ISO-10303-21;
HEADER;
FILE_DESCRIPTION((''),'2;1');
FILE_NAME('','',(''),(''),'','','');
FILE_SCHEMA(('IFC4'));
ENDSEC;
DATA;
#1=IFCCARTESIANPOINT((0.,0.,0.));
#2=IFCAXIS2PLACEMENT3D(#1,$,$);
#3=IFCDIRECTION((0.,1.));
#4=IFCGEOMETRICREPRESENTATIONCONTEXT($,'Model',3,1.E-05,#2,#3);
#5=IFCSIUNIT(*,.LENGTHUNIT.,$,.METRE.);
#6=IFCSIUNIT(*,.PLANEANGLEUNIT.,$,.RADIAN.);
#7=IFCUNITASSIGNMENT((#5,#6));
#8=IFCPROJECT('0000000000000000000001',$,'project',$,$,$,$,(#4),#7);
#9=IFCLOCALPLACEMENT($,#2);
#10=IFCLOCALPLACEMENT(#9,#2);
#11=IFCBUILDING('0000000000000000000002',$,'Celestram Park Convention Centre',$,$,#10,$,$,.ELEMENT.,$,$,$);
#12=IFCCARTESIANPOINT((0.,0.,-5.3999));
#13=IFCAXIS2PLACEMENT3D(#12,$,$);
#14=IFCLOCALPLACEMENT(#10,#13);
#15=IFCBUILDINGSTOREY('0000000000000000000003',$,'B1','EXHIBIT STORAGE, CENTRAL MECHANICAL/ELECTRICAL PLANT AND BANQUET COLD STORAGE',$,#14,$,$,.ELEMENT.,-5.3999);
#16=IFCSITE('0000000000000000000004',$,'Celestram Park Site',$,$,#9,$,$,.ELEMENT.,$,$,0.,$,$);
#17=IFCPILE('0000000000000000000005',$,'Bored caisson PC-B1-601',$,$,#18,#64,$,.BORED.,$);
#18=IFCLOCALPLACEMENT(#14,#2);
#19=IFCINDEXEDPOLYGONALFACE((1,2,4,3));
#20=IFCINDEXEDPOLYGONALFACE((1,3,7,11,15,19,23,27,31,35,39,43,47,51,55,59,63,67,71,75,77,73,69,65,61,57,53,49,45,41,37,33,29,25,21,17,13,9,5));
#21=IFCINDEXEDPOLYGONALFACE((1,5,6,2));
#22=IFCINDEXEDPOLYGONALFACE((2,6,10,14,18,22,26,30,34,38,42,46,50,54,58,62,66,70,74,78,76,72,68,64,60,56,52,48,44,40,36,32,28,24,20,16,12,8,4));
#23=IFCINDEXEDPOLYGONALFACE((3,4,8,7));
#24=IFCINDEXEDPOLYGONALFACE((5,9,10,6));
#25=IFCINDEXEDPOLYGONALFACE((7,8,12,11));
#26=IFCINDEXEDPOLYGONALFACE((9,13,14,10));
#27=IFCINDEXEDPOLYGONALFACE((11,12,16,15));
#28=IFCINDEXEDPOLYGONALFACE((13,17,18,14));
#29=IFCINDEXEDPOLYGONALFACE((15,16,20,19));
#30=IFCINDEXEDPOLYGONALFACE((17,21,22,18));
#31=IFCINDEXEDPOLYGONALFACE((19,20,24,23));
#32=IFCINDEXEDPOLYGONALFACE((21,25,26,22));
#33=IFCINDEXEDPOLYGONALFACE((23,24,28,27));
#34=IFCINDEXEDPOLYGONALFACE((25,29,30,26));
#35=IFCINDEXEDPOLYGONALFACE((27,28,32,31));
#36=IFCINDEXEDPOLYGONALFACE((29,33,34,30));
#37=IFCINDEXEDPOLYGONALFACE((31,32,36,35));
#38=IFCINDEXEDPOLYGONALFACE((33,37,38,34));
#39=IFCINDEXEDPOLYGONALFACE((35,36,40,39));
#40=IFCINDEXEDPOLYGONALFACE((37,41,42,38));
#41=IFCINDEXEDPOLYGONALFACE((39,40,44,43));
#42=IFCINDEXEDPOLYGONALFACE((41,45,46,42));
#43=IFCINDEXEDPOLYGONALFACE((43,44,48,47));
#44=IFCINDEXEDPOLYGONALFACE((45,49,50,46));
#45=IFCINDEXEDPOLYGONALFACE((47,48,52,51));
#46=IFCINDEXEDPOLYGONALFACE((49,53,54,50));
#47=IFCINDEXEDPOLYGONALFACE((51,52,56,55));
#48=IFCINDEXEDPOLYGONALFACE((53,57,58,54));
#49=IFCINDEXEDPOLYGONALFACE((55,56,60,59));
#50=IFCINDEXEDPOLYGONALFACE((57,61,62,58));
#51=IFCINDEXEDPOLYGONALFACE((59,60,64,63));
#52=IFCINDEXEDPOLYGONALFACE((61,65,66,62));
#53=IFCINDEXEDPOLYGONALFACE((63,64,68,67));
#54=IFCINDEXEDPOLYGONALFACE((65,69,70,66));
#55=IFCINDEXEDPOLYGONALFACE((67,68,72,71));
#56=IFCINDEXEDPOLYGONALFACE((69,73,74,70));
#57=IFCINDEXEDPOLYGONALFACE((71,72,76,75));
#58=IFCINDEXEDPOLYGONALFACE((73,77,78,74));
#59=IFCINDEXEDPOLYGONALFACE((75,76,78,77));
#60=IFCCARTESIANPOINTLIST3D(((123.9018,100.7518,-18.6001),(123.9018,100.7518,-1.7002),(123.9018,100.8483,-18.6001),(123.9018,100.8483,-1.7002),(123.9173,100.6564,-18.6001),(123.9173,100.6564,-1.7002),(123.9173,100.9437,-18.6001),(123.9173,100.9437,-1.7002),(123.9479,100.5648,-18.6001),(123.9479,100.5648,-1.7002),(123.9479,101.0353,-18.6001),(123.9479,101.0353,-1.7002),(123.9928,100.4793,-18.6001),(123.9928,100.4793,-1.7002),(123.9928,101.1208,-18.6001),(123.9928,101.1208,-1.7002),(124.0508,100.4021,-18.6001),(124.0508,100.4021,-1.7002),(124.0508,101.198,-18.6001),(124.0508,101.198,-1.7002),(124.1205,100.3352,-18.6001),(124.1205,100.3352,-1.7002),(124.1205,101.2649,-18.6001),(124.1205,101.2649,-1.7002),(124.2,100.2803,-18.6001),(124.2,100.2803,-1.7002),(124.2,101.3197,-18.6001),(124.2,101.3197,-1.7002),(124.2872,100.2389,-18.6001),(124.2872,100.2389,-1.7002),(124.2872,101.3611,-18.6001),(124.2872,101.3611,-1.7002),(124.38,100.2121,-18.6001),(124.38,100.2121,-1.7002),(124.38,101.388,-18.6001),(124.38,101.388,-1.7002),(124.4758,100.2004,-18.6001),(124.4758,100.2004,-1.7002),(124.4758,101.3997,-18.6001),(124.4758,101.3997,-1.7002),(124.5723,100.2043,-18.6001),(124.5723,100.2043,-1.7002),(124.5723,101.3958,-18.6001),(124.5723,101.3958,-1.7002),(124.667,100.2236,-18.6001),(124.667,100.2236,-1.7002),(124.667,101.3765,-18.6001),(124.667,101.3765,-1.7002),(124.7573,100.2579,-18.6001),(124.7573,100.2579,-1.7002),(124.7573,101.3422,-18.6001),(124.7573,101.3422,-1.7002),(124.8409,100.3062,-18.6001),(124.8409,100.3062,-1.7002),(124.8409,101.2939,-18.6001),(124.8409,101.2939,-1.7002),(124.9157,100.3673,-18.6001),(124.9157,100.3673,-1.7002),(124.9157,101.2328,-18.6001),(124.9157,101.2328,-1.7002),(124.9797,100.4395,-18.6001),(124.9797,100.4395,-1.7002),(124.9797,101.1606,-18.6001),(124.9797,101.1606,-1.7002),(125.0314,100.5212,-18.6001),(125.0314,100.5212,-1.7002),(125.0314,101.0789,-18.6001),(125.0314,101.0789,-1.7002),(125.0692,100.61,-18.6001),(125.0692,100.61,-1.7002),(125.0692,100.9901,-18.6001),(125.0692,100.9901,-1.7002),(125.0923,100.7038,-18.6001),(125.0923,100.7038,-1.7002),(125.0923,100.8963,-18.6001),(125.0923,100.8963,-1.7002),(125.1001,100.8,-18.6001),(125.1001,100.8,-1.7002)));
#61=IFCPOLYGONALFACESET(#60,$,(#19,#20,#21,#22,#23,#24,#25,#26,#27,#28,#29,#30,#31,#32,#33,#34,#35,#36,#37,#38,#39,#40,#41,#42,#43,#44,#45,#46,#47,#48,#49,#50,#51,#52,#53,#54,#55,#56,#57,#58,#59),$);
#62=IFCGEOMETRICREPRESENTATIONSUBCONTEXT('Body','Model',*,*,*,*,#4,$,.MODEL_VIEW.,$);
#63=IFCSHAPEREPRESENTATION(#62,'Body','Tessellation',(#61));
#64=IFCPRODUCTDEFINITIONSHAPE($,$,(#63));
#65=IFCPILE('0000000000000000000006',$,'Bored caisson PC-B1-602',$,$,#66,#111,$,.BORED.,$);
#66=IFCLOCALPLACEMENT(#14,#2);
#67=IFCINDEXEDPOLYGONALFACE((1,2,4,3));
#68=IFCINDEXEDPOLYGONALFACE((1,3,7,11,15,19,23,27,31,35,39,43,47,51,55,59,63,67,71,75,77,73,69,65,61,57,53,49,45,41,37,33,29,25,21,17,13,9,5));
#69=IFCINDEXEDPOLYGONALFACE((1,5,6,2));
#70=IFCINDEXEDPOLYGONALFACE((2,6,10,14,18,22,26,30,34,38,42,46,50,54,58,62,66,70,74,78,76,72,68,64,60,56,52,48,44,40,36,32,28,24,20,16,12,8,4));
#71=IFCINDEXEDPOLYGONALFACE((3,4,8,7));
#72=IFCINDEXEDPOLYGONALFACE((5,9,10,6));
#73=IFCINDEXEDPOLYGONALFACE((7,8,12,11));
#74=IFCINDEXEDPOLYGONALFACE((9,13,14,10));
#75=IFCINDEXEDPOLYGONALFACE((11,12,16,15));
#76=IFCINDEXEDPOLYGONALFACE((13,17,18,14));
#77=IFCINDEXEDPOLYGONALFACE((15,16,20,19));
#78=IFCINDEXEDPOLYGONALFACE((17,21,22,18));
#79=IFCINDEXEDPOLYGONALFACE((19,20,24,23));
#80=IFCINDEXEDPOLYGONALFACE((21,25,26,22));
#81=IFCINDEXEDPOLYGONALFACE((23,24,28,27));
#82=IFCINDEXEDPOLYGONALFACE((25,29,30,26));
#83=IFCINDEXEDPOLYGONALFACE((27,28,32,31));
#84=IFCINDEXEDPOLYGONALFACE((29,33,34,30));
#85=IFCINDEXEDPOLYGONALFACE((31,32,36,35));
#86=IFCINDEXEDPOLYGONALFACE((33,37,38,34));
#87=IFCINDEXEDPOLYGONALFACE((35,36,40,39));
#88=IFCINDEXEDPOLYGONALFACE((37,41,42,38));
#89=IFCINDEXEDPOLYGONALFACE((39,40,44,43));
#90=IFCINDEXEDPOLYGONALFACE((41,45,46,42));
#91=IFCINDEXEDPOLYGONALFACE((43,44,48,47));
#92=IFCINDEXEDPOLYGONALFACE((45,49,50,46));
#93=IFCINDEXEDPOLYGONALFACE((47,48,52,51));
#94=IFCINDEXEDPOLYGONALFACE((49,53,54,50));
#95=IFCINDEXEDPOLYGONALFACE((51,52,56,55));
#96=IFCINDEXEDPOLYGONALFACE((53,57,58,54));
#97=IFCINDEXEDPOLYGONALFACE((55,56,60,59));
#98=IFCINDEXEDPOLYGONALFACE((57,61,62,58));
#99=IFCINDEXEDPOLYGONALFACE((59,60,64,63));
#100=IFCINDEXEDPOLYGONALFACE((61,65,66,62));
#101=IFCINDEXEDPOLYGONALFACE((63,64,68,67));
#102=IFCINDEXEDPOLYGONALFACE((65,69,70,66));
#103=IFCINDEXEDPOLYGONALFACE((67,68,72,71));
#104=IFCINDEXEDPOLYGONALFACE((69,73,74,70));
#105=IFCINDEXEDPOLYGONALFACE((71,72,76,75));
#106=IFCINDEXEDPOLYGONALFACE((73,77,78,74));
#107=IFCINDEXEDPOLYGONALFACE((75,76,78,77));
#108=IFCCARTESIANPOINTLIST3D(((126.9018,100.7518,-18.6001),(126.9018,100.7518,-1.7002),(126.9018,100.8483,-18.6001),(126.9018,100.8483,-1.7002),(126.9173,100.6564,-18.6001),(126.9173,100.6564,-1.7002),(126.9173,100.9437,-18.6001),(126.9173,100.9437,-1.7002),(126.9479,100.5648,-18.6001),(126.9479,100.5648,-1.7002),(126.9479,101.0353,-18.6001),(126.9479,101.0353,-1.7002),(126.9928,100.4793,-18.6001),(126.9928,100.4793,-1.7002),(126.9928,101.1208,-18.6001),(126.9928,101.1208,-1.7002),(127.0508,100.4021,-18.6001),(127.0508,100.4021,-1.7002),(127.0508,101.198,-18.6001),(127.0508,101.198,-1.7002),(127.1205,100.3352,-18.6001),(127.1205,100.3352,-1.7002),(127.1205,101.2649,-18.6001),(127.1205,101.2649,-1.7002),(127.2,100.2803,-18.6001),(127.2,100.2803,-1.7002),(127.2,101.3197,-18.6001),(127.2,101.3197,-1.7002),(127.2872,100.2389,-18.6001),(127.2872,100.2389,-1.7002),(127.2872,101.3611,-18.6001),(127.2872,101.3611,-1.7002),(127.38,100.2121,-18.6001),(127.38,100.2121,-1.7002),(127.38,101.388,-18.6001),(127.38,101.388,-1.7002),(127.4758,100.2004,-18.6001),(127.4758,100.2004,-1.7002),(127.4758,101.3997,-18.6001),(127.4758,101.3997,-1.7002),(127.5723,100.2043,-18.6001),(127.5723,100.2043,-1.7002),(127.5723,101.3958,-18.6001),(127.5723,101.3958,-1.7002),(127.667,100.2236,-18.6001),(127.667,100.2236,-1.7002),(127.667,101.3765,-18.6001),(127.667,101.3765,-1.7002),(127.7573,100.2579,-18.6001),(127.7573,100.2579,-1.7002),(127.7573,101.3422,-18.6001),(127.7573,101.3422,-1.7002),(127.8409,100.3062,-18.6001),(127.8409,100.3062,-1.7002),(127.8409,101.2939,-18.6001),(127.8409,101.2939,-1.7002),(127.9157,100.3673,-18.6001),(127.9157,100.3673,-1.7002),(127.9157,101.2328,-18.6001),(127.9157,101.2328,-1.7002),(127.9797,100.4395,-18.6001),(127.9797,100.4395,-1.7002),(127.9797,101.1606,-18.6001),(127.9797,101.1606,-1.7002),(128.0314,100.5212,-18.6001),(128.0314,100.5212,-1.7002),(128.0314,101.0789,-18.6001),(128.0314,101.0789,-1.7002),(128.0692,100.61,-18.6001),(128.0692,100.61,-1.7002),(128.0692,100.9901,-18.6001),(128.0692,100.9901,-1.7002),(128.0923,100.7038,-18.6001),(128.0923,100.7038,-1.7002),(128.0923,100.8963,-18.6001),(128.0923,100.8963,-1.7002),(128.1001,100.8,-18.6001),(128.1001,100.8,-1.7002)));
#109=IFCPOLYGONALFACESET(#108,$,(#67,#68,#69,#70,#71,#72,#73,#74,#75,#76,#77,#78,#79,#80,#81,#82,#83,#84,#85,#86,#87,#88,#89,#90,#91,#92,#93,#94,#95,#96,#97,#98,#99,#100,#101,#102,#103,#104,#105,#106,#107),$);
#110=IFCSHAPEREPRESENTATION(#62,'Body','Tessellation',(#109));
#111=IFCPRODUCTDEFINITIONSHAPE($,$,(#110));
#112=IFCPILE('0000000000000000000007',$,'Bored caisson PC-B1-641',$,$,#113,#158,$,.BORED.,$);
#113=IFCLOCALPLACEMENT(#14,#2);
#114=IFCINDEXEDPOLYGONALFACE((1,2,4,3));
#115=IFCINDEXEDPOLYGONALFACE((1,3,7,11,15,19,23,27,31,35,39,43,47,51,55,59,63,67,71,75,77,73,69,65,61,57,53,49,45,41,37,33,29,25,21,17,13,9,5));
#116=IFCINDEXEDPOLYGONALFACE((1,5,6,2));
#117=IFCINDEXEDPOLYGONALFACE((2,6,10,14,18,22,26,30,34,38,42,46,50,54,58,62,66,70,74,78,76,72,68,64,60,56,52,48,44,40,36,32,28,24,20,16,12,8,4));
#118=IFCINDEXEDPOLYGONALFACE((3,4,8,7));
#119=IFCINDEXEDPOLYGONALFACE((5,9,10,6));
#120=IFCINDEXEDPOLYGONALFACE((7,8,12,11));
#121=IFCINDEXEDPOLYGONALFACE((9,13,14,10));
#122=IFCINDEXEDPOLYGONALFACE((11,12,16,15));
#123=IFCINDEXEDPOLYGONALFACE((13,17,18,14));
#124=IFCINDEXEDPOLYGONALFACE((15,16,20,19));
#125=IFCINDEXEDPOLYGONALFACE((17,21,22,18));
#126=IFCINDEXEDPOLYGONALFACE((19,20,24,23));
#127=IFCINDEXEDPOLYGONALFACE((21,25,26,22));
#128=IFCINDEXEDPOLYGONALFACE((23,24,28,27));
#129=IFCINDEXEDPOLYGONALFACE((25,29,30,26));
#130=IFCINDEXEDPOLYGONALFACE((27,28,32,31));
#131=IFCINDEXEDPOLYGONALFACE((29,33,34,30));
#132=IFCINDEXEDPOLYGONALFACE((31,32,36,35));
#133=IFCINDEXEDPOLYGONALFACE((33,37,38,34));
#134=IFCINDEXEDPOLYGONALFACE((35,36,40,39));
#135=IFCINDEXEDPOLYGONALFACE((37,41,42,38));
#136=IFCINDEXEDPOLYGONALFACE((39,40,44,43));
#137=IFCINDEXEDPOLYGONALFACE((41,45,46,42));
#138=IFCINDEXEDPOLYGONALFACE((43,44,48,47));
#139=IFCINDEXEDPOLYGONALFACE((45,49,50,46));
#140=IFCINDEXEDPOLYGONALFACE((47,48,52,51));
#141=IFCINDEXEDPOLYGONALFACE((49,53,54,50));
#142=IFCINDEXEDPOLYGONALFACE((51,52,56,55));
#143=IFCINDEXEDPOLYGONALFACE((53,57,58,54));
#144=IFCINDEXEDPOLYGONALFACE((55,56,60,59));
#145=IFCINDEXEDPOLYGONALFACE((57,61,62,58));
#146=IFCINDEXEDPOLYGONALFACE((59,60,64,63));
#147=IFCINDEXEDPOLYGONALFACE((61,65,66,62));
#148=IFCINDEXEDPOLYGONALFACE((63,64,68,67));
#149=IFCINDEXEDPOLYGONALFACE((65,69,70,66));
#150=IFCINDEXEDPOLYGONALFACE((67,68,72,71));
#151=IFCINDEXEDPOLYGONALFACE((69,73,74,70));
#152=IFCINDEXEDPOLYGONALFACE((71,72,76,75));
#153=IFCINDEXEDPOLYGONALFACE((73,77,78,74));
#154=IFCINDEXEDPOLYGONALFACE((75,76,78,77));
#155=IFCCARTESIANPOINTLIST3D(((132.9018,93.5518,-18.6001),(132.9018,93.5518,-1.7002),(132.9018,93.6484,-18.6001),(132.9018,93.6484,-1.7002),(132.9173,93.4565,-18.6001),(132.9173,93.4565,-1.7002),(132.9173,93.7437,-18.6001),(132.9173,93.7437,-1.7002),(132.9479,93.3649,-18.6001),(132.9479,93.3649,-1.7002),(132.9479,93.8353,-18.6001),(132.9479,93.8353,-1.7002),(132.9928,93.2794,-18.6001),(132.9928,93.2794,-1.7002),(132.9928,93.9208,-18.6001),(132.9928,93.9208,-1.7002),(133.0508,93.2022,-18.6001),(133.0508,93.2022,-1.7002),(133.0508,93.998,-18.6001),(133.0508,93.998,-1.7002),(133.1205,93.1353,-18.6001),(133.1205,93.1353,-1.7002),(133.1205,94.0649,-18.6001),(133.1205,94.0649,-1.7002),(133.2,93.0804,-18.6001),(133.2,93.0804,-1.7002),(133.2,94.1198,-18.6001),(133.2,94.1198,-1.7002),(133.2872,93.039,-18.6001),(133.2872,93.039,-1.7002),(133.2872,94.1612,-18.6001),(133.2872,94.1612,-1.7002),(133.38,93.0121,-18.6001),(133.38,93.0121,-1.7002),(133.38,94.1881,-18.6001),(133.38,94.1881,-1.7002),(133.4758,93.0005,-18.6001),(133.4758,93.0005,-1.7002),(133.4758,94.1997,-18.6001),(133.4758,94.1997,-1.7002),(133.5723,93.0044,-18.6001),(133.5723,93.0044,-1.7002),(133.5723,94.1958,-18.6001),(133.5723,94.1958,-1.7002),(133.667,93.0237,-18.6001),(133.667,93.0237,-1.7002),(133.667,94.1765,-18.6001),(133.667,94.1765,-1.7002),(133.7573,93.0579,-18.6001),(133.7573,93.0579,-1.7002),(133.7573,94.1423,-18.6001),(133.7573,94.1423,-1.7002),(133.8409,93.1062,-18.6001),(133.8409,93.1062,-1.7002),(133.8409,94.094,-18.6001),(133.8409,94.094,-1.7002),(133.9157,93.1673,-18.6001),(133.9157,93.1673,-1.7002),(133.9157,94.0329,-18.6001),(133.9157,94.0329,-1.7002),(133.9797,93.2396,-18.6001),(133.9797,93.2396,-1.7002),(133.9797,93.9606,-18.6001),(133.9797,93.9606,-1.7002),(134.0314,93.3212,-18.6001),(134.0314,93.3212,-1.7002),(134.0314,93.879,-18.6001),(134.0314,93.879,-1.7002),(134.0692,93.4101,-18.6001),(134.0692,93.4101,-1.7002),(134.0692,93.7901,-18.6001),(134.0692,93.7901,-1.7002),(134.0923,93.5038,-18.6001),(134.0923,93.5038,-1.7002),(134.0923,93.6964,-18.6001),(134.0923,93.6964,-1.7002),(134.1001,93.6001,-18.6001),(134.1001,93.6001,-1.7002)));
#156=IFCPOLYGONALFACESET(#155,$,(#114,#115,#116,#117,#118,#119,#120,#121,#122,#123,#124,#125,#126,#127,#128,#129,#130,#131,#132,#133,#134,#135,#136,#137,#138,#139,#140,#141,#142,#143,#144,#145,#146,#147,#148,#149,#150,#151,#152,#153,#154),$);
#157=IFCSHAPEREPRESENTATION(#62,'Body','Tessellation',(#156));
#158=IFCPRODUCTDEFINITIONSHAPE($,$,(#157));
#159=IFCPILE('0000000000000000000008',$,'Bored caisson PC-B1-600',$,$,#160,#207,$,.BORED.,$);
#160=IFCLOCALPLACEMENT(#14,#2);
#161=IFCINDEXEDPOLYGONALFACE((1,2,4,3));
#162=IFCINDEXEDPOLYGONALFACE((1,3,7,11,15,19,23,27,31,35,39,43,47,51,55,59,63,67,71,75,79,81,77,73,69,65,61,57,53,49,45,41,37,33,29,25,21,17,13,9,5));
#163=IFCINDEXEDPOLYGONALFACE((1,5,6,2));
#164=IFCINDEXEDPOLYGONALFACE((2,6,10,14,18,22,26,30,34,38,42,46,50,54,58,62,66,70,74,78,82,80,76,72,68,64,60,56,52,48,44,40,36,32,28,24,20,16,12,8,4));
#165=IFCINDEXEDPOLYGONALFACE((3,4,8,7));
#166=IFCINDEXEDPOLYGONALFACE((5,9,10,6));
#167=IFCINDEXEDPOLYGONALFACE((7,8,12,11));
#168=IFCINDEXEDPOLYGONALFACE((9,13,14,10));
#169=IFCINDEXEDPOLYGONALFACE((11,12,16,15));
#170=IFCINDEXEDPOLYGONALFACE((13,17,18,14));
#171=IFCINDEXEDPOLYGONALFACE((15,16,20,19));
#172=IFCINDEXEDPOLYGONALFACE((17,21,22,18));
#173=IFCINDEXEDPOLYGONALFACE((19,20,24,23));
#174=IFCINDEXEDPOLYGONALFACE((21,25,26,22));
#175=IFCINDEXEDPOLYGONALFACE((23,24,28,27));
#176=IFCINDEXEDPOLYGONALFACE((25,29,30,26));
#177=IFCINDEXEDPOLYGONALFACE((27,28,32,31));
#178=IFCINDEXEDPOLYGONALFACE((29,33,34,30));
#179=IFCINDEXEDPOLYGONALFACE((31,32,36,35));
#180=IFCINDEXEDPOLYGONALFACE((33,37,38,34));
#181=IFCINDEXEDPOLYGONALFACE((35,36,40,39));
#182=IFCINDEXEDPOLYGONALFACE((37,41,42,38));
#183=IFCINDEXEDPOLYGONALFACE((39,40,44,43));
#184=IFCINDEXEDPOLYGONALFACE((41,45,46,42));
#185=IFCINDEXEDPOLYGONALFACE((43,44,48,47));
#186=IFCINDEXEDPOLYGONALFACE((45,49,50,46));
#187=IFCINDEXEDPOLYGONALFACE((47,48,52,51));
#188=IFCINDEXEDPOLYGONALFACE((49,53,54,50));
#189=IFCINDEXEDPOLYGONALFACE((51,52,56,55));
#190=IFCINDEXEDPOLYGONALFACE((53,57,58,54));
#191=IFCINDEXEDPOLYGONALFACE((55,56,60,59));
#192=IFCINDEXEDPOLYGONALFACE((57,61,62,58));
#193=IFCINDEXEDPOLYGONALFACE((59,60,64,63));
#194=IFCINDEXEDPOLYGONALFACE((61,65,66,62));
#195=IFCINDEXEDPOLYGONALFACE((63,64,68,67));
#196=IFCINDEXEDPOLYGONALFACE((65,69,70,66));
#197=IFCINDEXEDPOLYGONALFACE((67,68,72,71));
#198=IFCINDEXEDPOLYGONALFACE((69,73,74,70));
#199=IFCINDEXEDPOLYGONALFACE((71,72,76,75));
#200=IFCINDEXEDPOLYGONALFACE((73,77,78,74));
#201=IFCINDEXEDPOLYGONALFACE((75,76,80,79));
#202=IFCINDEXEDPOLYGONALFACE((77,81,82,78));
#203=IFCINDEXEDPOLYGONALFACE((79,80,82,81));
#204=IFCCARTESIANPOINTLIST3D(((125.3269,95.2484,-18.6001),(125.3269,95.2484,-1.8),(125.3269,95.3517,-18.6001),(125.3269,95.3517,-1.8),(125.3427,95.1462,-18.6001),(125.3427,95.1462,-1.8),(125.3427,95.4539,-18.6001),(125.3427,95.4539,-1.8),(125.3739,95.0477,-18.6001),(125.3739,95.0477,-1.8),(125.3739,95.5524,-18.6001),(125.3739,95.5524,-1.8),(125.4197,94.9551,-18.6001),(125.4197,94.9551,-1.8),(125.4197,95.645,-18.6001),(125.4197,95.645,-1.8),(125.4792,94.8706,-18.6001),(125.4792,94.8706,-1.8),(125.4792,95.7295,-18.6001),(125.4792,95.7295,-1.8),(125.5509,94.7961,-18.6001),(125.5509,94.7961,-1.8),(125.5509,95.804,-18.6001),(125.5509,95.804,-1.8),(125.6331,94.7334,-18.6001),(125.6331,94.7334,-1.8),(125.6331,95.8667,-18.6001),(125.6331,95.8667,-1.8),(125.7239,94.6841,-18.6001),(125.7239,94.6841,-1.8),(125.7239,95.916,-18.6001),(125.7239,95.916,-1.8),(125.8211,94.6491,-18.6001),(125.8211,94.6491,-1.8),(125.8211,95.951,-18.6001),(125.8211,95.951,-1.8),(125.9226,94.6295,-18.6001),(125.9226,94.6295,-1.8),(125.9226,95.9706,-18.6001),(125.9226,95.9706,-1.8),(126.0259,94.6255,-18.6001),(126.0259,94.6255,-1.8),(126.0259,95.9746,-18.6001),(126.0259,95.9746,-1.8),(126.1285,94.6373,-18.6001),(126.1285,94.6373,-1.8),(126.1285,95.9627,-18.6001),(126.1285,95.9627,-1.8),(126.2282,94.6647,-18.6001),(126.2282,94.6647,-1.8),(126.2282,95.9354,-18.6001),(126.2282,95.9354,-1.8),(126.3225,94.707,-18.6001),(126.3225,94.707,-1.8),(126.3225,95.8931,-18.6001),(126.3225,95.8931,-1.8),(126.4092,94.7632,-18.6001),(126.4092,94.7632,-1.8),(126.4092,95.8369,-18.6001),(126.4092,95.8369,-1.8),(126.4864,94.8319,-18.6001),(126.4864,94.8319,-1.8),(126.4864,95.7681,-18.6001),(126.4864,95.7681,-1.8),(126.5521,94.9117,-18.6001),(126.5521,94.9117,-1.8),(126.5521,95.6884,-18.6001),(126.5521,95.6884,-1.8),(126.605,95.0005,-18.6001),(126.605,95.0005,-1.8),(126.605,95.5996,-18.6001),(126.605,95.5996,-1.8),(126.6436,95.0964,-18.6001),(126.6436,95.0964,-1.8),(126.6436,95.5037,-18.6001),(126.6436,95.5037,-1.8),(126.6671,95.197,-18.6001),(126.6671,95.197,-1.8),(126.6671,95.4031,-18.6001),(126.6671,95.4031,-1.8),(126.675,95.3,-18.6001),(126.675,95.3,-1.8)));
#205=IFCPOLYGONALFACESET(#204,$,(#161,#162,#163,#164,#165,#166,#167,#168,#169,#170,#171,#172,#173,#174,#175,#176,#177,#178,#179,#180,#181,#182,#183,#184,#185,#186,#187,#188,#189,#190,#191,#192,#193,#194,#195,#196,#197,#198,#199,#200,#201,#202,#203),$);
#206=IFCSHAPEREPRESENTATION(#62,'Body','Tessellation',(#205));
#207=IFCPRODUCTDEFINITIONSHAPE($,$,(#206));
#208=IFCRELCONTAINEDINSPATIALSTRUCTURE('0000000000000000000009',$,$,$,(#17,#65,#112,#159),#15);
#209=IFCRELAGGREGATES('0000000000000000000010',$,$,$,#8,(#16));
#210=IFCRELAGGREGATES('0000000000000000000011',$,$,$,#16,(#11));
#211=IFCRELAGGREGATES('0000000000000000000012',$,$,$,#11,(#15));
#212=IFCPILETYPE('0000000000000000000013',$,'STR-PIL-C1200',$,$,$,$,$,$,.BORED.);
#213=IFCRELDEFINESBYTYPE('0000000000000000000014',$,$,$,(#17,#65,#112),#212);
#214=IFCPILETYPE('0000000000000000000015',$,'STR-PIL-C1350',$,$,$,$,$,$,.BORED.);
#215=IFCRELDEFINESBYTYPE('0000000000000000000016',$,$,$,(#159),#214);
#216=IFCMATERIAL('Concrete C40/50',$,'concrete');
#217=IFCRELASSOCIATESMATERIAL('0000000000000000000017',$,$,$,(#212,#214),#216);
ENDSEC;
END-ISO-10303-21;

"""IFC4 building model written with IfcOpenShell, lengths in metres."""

from ifc_helpers import new_model, si_unit, direction, frame, origin, origin_2d, place, context, subcontext, project, spatial, circle, extrude, material, material_profile, profile_set, type_object, element, save


model = new_model("IFC4")

# Units and contexts
model_context = context("Model", 3, precision=1e-05, world=origin(), true_north=direction((0.0, 1.0)))
body_context = subcontext(model_context, "Body", "Model", "MODEL_VIEW")
ifc_project = project(units=[si_unit("LENGTHUNIT", "METRE"), si_unit("PLANEANGLEUNIT", "RADIAN")], contexts=[model_context])

# Site, building, storey
site_placement = place(None, origin())
site = spatial("IfcSite", under=ifc_project, at=site_placement, Name="Celestram Park Site", CompositionType="ELEMENT", RefElevation=0.0)
building_placement = place(site_placement, origin())
building = spatial("IfcBuilding", under=site, at=building_placement, Name="Celestram Park Convention Centre", CompositionType="ELEMENT")
storey_placement = place(building_placement, frame((0.0, 0.0, -5.3999)))
storey = spatial("IfcBuildingStorey", under=building, at=storey_placement, Name="B1", Description="EXHIBIT STORAGE, CENTRAL MECHANICAL/ELECTRICAL PLANT AND BANQUET COLD STORAGE", CompositionType="ELEMENT", Elevation=-5.3999)

# Shared definitions
ifc_material_1 = material(Name="Concrete C40/50", Category="concrete")

# Piles
ifc_material_profile_1 = material_profile(ifc_material_1, circle(Radius=0.6001, at=origin_2d()), Name="CAISSON1200")
ifc_profile_set_1 = profile_set([ifc_material_profile_1], Name="Concrete C40/50")
pile_type_1 = type_object("IfcPileType", Name="STR-PIL-C1200", PredefinedType="BORED", material=ifc_profile_set_1)
for number, where, z_axis, x_axis, name in (
    (1, (124.5, 100.8, -1.7002), (0.0, 0.0, -1.0), (1.0, 0.0, 0.0), "Bored caisson PC-B1-601"),
    (2, (127.5, 100.8, -1.7002), (0.0, 0.0, -1.0), (1.0, 0.0, 0.0), "Bored caisson PC-B1-602"),
    (3, (133.5, 93.6001, -1.7002), (0.0, 0.0, -1.0), (1.0, 0.0, 0.0), "Bored caisson PC-B1-641"),
):
    element("IfcPile", number, at=place(storey_placement, frame(where, z_axis=z_axis, x_axis=x_axis)), inside=storey, type_object=pile_type_1, Name=name, PredefinedType="BORED", context=body_context, shape_type="SweptSolid", body=[
        extrude(circle(Radius=0.6001, at=origin_2d()), origin(), (0.0, 0.0, 1.0), 16.8999),
    ])
ifc_material_profile_2 = material_profile(ifc_material_1, circle(Radius=0.675, at=origin_2d()), Name="CAISSON1350")
ifc_profile_set_2 = profile_set([ifc_material_profile_2], Name="Concrete C40/50")
pile_type_2 = type_object("IfcPileType", Name="STR-PIL-C1350", PredefinedType="BORED", material=ifc_profile_set_2)
pile_1_placement = place(storey_placement, frame((126.0, 95.3, -1.8), z_axis=(0.0, 0.0, -1.0), x_axis=(1.0, 0.0, 0.0)))
element("IfcPile", 4, at=pile_1_placement, inside=storey, type_object=pile_type_2, Name="Bored caisson PC-B1-600", PredefinedType="BORED", context=body_context, shape_type="SweptSolid", body=[
    extrude(circle(Radius=0.675, at=origin_2d()), origin(), (0.0, 0.0, 1.0), 16.8),
])

save(model, "model.ifc")
